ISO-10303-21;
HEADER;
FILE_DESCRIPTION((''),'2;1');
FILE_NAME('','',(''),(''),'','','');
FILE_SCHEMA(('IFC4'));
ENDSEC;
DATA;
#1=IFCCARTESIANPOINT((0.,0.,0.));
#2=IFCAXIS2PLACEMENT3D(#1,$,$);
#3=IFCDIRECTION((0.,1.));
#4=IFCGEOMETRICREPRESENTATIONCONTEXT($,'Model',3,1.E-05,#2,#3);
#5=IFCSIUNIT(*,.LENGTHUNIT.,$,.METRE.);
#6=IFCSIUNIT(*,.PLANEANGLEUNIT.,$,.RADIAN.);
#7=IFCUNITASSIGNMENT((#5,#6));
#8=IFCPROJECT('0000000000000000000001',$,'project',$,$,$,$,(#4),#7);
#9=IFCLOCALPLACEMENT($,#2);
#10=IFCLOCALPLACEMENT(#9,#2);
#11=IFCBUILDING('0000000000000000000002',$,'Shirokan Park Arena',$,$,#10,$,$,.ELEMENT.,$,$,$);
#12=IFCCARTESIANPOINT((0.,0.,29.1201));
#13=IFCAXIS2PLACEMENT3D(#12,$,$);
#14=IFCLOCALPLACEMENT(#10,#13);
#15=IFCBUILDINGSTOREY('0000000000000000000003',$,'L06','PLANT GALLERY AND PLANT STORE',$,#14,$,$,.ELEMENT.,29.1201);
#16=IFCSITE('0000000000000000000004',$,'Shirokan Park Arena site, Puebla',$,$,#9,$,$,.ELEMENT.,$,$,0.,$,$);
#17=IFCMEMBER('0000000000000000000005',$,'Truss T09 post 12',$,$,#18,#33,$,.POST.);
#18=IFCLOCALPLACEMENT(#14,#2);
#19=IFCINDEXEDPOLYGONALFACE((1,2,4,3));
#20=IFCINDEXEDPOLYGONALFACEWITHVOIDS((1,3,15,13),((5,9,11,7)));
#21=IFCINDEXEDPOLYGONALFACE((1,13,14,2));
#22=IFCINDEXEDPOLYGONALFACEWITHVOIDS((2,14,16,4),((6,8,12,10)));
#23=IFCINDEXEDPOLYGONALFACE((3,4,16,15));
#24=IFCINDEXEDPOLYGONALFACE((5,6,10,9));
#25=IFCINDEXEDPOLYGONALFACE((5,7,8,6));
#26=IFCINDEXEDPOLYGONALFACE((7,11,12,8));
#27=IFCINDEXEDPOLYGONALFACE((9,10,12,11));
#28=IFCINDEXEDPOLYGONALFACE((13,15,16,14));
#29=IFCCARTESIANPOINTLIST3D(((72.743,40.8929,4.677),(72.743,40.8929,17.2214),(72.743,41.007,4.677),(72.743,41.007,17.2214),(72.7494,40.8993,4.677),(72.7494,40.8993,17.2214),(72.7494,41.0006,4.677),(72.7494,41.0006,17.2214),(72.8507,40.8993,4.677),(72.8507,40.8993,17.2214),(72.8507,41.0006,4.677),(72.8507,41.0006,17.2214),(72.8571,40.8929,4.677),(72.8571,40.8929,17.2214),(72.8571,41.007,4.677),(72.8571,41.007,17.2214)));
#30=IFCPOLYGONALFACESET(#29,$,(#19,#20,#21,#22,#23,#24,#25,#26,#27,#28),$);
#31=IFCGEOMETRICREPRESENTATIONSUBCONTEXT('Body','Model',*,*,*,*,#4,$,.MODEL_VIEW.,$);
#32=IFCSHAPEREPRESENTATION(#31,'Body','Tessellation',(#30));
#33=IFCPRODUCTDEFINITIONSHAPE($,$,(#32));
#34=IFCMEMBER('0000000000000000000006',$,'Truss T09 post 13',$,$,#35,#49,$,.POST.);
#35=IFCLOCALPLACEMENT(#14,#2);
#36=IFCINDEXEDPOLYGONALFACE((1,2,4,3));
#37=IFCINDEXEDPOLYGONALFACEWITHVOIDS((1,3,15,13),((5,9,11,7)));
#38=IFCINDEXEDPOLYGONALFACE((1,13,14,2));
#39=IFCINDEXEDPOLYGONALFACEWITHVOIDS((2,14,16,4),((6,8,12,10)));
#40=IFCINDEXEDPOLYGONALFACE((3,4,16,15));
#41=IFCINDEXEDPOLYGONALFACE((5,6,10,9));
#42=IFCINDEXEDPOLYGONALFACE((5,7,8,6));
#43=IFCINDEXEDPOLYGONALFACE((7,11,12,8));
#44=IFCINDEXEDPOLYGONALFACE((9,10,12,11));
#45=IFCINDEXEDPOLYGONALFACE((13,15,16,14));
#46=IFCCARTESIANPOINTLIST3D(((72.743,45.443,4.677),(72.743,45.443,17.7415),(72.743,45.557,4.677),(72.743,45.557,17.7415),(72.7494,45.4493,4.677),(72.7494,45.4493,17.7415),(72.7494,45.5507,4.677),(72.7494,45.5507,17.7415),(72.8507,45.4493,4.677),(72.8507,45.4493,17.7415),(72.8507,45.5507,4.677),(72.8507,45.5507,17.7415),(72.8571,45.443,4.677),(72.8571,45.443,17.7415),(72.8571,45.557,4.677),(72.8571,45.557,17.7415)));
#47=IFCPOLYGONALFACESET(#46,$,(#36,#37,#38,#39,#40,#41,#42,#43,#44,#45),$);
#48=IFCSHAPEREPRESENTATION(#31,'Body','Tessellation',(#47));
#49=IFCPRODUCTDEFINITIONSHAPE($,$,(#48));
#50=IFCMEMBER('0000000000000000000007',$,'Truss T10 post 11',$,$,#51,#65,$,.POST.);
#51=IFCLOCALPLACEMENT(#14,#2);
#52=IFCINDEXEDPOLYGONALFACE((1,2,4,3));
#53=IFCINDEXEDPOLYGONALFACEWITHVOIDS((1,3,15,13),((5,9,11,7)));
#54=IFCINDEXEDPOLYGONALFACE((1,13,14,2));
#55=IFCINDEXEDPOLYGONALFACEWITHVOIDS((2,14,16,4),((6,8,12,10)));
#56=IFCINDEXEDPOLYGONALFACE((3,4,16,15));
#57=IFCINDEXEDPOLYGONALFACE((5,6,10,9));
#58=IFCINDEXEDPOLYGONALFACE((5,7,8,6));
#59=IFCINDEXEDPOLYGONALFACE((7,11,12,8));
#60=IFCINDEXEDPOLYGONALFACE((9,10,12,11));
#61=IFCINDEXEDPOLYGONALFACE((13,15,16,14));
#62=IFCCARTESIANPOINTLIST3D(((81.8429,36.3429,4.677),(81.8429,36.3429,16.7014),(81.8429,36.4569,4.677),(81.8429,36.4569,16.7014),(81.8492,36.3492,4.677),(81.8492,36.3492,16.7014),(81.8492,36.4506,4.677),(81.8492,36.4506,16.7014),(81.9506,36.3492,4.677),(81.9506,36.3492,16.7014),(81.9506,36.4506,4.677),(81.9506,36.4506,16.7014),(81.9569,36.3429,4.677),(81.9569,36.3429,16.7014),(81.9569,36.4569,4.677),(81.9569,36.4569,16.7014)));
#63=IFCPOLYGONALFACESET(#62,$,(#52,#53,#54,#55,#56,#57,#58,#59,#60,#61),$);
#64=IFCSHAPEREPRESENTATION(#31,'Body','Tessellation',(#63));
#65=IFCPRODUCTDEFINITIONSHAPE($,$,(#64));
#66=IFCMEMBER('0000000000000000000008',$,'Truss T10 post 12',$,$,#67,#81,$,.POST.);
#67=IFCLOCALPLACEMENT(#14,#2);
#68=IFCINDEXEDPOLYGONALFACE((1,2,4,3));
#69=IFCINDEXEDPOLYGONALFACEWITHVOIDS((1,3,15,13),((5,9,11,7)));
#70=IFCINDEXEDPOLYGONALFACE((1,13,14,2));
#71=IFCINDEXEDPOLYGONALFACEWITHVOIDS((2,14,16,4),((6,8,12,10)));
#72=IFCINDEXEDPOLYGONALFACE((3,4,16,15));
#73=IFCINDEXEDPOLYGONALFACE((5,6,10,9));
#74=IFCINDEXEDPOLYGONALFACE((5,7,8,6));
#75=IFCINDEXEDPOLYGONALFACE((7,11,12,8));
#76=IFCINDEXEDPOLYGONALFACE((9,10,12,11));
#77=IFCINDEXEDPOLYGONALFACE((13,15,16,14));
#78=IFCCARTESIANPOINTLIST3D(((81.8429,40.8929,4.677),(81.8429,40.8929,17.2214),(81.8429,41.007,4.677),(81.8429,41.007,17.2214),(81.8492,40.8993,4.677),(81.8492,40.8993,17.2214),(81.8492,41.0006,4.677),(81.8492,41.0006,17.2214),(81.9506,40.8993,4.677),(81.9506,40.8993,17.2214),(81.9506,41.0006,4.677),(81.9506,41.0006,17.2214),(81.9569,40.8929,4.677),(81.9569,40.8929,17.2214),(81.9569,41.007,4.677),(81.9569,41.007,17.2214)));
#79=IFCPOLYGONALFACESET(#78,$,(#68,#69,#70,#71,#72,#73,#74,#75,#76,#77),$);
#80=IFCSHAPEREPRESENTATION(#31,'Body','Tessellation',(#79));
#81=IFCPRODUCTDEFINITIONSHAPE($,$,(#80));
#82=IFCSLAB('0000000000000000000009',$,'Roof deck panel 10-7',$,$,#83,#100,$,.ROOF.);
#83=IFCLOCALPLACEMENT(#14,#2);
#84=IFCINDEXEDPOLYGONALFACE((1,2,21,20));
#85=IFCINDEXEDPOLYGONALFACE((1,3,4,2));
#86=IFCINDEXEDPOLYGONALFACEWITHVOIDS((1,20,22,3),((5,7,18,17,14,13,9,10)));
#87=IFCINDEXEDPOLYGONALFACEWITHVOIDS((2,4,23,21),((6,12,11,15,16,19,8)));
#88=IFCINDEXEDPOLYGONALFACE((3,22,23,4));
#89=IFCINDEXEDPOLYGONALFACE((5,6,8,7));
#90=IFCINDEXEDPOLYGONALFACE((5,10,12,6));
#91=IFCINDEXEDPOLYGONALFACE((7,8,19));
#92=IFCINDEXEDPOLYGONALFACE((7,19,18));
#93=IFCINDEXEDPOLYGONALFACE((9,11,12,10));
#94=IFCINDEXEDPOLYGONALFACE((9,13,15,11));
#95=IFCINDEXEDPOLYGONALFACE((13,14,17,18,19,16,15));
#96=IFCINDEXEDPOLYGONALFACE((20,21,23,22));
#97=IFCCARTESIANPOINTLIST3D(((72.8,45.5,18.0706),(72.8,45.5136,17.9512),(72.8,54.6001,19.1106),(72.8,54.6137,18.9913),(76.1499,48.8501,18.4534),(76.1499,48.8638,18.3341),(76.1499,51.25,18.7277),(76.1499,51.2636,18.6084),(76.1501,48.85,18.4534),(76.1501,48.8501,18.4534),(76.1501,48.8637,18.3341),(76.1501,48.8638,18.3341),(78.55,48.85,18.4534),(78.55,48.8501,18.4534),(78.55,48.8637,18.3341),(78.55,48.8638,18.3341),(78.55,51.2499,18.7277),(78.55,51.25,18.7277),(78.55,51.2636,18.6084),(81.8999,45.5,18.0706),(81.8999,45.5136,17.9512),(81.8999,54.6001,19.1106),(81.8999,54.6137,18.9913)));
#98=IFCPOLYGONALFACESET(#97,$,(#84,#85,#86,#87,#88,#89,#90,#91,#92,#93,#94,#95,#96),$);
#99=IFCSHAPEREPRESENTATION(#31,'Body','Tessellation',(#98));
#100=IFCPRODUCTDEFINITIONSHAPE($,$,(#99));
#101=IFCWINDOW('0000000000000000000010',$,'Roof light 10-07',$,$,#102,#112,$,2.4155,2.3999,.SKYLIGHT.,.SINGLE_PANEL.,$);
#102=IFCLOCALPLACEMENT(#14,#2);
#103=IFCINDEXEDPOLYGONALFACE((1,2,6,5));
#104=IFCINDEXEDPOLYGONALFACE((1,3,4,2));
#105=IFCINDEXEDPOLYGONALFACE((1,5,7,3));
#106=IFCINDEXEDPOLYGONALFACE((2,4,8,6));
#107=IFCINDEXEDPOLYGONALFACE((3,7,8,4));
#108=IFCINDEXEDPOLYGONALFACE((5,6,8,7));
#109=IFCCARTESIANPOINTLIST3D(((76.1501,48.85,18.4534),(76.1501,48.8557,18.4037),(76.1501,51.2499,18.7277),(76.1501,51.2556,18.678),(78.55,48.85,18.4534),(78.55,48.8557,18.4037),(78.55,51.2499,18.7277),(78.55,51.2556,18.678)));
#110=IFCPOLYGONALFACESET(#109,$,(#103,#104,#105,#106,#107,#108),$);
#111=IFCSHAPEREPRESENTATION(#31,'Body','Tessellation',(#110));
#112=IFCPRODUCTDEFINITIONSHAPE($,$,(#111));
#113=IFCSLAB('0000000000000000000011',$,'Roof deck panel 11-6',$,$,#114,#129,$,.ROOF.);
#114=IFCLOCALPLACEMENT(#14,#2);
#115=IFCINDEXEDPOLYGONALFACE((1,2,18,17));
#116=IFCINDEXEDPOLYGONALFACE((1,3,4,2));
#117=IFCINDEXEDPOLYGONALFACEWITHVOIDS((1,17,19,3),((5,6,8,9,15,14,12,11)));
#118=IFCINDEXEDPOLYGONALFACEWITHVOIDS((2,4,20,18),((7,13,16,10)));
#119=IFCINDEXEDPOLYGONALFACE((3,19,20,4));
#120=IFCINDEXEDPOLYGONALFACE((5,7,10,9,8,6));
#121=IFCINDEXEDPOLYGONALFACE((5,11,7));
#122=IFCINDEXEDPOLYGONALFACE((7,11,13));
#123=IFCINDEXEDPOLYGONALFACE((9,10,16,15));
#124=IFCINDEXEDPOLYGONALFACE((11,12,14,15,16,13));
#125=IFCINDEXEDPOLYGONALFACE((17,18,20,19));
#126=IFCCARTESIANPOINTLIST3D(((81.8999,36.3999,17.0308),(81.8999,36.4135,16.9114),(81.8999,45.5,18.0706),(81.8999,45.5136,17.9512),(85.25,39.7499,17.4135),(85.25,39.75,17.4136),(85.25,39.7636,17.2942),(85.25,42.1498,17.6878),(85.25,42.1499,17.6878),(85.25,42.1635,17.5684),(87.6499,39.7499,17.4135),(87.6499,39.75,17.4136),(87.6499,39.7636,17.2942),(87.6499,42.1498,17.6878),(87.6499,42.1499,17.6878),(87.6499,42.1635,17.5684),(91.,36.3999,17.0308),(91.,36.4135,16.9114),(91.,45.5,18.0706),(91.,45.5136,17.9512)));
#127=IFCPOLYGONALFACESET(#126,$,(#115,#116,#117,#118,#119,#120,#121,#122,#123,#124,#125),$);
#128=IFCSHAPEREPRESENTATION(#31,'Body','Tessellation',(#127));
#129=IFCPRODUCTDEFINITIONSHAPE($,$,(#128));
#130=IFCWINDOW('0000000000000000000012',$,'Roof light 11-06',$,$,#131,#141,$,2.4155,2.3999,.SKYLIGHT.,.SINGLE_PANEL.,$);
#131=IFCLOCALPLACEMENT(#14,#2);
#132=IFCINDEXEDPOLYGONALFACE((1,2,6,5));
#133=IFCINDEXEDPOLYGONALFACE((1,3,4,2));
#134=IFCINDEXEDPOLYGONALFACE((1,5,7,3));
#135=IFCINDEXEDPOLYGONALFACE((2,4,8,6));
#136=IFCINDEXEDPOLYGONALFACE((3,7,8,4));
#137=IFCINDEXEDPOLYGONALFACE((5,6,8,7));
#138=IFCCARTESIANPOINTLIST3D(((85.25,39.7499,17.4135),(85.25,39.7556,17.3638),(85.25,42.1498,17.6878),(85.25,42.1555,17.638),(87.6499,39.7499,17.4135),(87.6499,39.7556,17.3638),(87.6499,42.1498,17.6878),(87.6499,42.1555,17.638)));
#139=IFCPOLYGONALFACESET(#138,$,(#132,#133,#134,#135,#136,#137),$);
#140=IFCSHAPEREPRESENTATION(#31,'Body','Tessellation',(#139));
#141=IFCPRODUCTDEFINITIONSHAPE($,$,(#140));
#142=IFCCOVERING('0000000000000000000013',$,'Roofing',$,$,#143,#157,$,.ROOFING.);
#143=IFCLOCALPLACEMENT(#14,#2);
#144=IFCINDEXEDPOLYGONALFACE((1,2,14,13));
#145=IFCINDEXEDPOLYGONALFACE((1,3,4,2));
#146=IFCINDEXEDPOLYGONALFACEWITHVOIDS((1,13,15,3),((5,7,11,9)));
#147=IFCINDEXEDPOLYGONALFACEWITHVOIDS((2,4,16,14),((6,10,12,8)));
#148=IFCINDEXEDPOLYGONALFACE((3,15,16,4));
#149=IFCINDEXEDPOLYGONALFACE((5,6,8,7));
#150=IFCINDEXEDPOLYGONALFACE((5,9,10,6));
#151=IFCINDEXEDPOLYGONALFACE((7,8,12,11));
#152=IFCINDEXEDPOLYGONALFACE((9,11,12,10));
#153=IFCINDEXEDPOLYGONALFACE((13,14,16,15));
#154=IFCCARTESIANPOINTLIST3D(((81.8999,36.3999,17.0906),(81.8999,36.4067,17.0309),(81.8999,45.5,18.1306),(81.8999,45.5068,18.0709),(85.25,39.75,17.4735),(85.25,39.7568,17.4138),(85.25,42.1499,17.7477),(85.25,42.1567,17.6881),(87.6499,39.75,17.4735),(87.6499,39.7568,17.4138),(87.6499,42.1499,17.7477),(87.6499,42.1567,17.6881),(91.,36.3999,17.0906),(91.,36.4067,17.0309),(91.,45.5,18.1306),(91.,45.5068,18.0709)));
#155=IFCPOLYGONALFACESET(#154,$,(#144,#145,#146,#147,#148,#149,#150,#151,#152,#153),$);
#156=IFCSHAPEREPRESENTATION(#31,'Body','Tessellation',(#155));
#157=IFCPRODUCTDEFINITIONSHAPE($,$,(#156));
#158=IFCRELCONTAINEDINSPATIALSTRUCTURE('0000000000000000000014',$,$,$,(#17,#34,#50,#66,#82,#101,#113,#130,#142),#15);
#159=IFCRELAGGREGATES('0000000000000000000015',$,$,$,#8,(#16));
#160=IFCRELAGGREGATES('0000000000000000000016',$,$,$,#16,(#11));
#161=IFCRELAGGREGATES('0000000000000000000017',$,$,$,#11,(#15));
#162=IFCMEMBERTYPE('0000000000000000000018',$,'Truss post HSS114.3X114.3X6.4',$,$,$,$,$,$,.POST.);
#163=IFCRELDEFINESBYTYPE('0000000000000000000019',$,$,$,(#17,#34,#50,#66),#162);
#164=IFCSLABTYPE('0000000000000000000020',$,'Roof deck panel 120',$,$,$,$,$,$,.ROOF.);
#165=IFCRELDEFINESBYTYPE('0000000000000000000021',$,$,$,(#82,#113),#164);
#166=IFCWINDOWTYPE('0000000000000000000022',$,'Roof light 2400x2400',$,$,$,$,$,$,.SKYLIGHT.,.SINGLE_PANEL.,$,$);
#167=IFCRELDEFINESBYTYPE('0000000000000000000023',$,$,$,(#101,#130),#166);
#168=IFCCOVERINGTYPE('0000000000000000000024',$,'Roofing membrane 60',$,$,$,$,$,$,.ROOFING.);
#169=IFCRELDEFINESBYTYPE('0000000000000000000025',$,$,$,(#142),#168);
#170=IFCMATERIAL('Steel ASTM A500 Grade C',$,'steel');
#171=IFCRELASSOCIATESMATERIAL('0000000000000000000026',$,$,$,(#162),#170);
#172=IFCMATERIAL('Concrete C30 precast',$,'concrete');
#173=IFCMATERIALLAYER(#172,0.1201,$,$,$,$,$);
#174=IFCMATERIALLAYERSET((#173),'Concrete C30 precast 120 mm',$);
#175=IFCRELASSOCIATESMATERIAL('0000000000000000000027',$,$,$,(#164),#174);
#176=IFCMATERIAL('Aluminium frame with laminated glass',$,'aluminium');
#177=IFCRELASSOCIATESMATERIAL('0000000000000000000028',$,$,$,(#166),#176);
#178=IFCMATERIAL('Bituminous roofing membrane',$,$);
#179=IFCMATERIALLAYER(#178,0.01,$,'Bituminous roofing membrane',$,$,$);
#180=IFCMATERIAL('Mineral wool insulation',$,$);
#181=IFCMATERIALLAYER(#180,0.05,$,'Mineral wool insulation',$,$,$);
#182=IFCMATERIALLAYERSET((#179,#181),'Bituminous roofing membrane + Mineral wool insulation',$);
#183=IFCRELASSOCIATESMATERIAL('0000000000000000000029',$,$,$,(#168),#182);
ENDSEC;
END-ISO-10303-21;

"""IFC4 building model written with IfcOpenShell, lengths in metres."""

from ifc_helpers import new_model, si_unit, direction, frame, origin, origin_2d, place, context, subcontext, project, spatial, polyline, rectangle, hollow_rectangle, outline, extrude, material, layer, layer_set, material_profile, profile_set, type_object, element, fill, save


model = new_model("IFC4")

# Units and contexts
model_context = context("Model", 3, precision=1e-05, world=origin(), true_north=direction((0.0, 1.0)))
body_context = subcontext(model_context, "Body", "Model", "MODEL_VIEW")
ifc_project = project(units=[si_unit("LENGTHUNIT", "METRE"), si_unit("PLANEANGLEUNIT", "RADIAN")], contexts=[model_context])

# Site, building, storey
site_placement = place(None, origin())
site = spatial("IfcSite", under=ifc_project, at=site_placement, Name="Shirokan Park Arena site, Puebla", CompositionType="ELEMENT", RefElevation=0.0)
building_placement = place(site_placement, origin())
building = spatial("IfcBuilding", under=site, at=building_placement, Name="Shirokan Park Arena", CompositionType="ELEMENT")
storey_placement = place(building_placement, frame((0.0, 0.0, 29.1201)))
storey = spatial("IfcBuildingStorey", under=building, at=storey_placement, Name="L06", Description="PLANT GALLERY AND PLANT STORE", CompositionType="ELEMENT", Elevation=29.1201)

# Members
ifc_material_1 = material(Name="Steel ASTM A500 Grade C", Category="steel")
ifc_material_profile_1 = material_profile(ifc_material_1, hollow_rectangle(XDim=0.114, YDim=0.114, WallThickness=0.0063, at=origin_2d()), Name="HSS114.3X114.3X6.4")
ifc_profile_set_1 = profile_set([ifc_material_profile_1], Name="Steel ASTM A500 Grade C")
member_type_1 = type_object("IfcMemberType", Name="Truss post HSS114.3X114.3X6.4", PredefinedType="POST", material=ifc_profile_set_1)
member_1_placement = place(storey_placement, frame((72.8, 40.95, 4.677), z_axis=(0.0, 0.0, 1.0), x_axis=(1.0, 0.0, 0.0)))
element("IfcMember", 1, at=member_1_placement, inside=storey, type_object=member_type_1, Name="Truss T09 post 12", PredefinedType="POST", context=body_context, shape_type="SweptSolid", body=[
    extrude(hollow_rectangle(XDim=0.114, YDim=0.114, WallThickness=0.0063, at=origin_2d()), origin(), (0.0, 0.0, 1.0), 12.5444),
])
member_2_placement = place(storey_placement, frame((72.8, 45.5, 4.677), z_axis=(0.0, 0.0, 1.0), x_axis=(1.0, 0.0, 0.0)))
element("IfcMember", 2, at=member_2_placement, inside=storey, type_object=member_type_1, Name="Truss T09 post 13", PredefinedType="POST", context=body_context, shape_type="SweptSolid", body=[
    extrude(hollow_rectangle(XDim=0.114, YDim=0.114, WallThickness=0.0063, at=origin_2d()), origin(), (0.0, 0.0, 1.0), 13.0645),
])
member_3_placement = place(storey_placement, frame((81.8999, 36.3999, 4.677), z_axis=(0.0, 0.0, 1.0), x_axis=(1.0, 0.0, 0.0)))
element("IfcMember", 3, at=member_3_placement, inside=storey, type_object=member_type_1, Name="Truss T10 post 11", PredefinedType="POST", context=body_context, shape_type="SweptSolid", body=[
    extrude(hollow_rectangle(XDim=0.114, YDim=0.114, WallThickness=0.0063, at=origin_2d()), origin(), (0.0, 0.0, 1.0), 12.0244),
])
member_4_placement = place(storey_placement, frame((81.8999, 40.95, 4.677), z_axis=(0.0, 0.0, 1.0), x_axis=(1.0, 0.0, 0.0)))
element("IfcMember", 4, at=member_4_placement, inside=storey, type_object=member_type_1, Name="Truss T10 post 12", PredefinedType="POST", context=body_context, shape_type="SweptSolid", body=[
    extrude(hollow_rectangle(XDim=0.114, YDim=0.114, WallThickness=0.0063, at=origin_2d()), origin(), (0.0, 0.0, 1.0), 12.5444),
])

# Slabs, openings, windows
ifc_material_2 = material(Name="Concrete C30 precast", Category="concrete")
ifc_layer_1 = layer(ifc_material_2, 0.1201)
ifc_layer_set_1 = layer_set([ifc_layer_1], Name="Concrete C30 precast 120 mm")
slab_type = type_object("IfcSlabType", Name="Roof deck panel 120", PredefinedType="ROOF", material=ifc_layer_set_1)
slab_1_placement = place(storey_placement, frame((72.8, 45.5, 18.0706), z_axis=(0.0, -0.11355, 0.993532), x_axis=(1.0, 0.0, 0.0)))
slab_1 = element("IfcSlab", 5, at=slab_1_placement, inside=storey, type_object=slab_type, Name="Roof deck panel 10-7", PredefinedType="ROOF", context=body_context, shape_type="SweptSolid", body=[
    extrude(outline(polyline([(0.0, 0.0), (9.0999, 0.0), (9.0999, 9.1593), (0.0, 9.1593), (0.0, 0.0)]), holes=[polyline([(3.3499, 3.3719), (5.75, 3.3719), (5.75, 5.7874), (3.3499, 5.7874), (3.3499, 3.3719)])]), origin(), (0.0, 0.0, -1.0), 0.1201),
])
opening_1_placement = place(slab_1_placement, frame((4.55, 4.5796, 0.01)))
opening_1 = element("IfcOpeningElement", 6, at=opening_1_placement, cuts=slab_1, PredefinedType="OPENING", context=body_context, shape_type="SweptSolid", body=[
    extrude(rectangle(XDim=2.3999, YDim=2.4155, at=origin_2d()), origin(), (0.0, 0.0, -1.0), 0.1399),
])
ifc_material_3 = material(Name="Aluminium frame with laminated glass", Category="aluminium")
window_type = type_object("IfcWindowType", Name="Roof light 2400x2400", PartitioningType="SINGLE_PANEL", PredefinedType="SKYLIGHT", material=ifc_material_3)
window_1_placement = place(opening_1_placement, frame((0.0, 0.0, -0.0601)))
window_1 = element("IfcWindow", 7, at=window_1_placement, inside=storey, type_object=window_type, Name="Roof light 10-07", OverallHeight=2.4155, OverallWidth=2.3999, PartitioningType="SINGLE_PANEL", PredefinedType="SKYLIGHT", context=body_context, shape_type="SweptSolid", body=[
    extrude(rectangle(XDim=2.3999, YDim=2.4155, at=origin_2d()), origin(), (0.0, 0.0, 1.0), 0.05),
])
fill(opening_1, window_1)
slab_2_placement = place(storey_placement, frame((81.8999, 36.3999, 17.0308), z_axis=(0.0, -0.113523, 0.993535), x_axis=(1.0, 0.0, 0.0)))
slab_2 = element("IfcSlab", 8, at=slab_2_placement, inside=storey, type_object=slab_type, Name="Roof deck panel 11-6", PredefinedType="ROOF", context=body_context, shape_type="SweptSolid", body=[
    extrude(outline(polyline([(0.0, 0.0), (9.1001, 0.0), (9.1001, 9.1593), (0.0, 9.1593), (0.0, 0.0)]), holes=[polyline([(3.3501, 3.3719), (5.75, 3.3719), (5.75, 5.7874), (3.3501, 5.7874), (3.3501, 3.3719)])]), origin(), (0.0, 0.0, -1.0), 0.1201),
])
opening_2_placement = place(slab_2_placement, frame((4.55, 4.5796, 0.01)))
opening_2 = element("IfcOpeningElement", 9, at=opening_2_placement, cuts=slab_2, PredefinedType="OPENING", context=body_context, shape_type="SweptSolid", body=[
    extrude(rectangle(XDim=2.3999, YDim=2.4155, at=origin_2d()), origin(), (0.0, 0.0, -1.0), 0.1399),
])
window_2_placement = place(opening_2_placement, frame((0.0, 0.0, -0.0601)))
window_2 = element("IfcWindow", 10, at=window_2_placement, inside=storey, type_object=window_type, Name="Roof light 11-06", OverallHeight=2.4155, OverallWidth=2.3999, PartitioningType="SINGLE_PANEL", PredefinedType="SKYLIGHT", context=body_context, shape_type="SweptSolid", body=[
    extrude(rectangle(XDim=2.3999, YDim=2.4155, at=origin_2d()), origin(), (0.0, 0.0, 1.0), 0.05),
])
fill(opening_2, window_2)

# Covering
ifc_material_4 = material(Name="Bituminous roofing membrane")
ifc_layer_2 = layer(ifc_material_4, 0.01, Name="Bituminous roofing membrane")
ifc_material_5 = material(Name="Mineral wool insulation")
ifc_layer_3 = layer(ifc_material_5, 0.05, Name="Mineral wool insulation")
ifc_layer_set_2 = layer_set([ifc_layer_2, ifc_layer_3], Name="Bituminous roofing membrane + Mineral wool insulation")
covering_type = type_object("IfcCoveringType", Name="Roofing membrane 60", PredefinedType="ROOFING", material=ifc_layer_set_2)
covering_placement = place(storey_placement, frame((81.8999, 36.3999, 17.0906), z_axis=(0.0, -0.11355, 0.993532), x_axis=(1.0, 0.0, 0.0)))
element("IfcCovering", 11, at=covering_placement, inside=storey, type_object=covering_type, Name="Roofing", PredefinedType="ROOFING", context=body_context, shape_type="SweptSolid", body=[
    extrude(outline(polyline([(0.0, 0.0), (9.1001, 0.0), (9.1001, 9.1593), (0.0, 9.1593), (0.0, 0.0)]), holes=[polyline([(5.75, 3.3719), (5.75, 5.7874), (3.3501, 5.7874), (3.3501, 3.3719), (5.75, 3.3719)])]), origin(), (0.0, 0.0, -1.0), 0.0601),
])

save(model, "model.ifc")
